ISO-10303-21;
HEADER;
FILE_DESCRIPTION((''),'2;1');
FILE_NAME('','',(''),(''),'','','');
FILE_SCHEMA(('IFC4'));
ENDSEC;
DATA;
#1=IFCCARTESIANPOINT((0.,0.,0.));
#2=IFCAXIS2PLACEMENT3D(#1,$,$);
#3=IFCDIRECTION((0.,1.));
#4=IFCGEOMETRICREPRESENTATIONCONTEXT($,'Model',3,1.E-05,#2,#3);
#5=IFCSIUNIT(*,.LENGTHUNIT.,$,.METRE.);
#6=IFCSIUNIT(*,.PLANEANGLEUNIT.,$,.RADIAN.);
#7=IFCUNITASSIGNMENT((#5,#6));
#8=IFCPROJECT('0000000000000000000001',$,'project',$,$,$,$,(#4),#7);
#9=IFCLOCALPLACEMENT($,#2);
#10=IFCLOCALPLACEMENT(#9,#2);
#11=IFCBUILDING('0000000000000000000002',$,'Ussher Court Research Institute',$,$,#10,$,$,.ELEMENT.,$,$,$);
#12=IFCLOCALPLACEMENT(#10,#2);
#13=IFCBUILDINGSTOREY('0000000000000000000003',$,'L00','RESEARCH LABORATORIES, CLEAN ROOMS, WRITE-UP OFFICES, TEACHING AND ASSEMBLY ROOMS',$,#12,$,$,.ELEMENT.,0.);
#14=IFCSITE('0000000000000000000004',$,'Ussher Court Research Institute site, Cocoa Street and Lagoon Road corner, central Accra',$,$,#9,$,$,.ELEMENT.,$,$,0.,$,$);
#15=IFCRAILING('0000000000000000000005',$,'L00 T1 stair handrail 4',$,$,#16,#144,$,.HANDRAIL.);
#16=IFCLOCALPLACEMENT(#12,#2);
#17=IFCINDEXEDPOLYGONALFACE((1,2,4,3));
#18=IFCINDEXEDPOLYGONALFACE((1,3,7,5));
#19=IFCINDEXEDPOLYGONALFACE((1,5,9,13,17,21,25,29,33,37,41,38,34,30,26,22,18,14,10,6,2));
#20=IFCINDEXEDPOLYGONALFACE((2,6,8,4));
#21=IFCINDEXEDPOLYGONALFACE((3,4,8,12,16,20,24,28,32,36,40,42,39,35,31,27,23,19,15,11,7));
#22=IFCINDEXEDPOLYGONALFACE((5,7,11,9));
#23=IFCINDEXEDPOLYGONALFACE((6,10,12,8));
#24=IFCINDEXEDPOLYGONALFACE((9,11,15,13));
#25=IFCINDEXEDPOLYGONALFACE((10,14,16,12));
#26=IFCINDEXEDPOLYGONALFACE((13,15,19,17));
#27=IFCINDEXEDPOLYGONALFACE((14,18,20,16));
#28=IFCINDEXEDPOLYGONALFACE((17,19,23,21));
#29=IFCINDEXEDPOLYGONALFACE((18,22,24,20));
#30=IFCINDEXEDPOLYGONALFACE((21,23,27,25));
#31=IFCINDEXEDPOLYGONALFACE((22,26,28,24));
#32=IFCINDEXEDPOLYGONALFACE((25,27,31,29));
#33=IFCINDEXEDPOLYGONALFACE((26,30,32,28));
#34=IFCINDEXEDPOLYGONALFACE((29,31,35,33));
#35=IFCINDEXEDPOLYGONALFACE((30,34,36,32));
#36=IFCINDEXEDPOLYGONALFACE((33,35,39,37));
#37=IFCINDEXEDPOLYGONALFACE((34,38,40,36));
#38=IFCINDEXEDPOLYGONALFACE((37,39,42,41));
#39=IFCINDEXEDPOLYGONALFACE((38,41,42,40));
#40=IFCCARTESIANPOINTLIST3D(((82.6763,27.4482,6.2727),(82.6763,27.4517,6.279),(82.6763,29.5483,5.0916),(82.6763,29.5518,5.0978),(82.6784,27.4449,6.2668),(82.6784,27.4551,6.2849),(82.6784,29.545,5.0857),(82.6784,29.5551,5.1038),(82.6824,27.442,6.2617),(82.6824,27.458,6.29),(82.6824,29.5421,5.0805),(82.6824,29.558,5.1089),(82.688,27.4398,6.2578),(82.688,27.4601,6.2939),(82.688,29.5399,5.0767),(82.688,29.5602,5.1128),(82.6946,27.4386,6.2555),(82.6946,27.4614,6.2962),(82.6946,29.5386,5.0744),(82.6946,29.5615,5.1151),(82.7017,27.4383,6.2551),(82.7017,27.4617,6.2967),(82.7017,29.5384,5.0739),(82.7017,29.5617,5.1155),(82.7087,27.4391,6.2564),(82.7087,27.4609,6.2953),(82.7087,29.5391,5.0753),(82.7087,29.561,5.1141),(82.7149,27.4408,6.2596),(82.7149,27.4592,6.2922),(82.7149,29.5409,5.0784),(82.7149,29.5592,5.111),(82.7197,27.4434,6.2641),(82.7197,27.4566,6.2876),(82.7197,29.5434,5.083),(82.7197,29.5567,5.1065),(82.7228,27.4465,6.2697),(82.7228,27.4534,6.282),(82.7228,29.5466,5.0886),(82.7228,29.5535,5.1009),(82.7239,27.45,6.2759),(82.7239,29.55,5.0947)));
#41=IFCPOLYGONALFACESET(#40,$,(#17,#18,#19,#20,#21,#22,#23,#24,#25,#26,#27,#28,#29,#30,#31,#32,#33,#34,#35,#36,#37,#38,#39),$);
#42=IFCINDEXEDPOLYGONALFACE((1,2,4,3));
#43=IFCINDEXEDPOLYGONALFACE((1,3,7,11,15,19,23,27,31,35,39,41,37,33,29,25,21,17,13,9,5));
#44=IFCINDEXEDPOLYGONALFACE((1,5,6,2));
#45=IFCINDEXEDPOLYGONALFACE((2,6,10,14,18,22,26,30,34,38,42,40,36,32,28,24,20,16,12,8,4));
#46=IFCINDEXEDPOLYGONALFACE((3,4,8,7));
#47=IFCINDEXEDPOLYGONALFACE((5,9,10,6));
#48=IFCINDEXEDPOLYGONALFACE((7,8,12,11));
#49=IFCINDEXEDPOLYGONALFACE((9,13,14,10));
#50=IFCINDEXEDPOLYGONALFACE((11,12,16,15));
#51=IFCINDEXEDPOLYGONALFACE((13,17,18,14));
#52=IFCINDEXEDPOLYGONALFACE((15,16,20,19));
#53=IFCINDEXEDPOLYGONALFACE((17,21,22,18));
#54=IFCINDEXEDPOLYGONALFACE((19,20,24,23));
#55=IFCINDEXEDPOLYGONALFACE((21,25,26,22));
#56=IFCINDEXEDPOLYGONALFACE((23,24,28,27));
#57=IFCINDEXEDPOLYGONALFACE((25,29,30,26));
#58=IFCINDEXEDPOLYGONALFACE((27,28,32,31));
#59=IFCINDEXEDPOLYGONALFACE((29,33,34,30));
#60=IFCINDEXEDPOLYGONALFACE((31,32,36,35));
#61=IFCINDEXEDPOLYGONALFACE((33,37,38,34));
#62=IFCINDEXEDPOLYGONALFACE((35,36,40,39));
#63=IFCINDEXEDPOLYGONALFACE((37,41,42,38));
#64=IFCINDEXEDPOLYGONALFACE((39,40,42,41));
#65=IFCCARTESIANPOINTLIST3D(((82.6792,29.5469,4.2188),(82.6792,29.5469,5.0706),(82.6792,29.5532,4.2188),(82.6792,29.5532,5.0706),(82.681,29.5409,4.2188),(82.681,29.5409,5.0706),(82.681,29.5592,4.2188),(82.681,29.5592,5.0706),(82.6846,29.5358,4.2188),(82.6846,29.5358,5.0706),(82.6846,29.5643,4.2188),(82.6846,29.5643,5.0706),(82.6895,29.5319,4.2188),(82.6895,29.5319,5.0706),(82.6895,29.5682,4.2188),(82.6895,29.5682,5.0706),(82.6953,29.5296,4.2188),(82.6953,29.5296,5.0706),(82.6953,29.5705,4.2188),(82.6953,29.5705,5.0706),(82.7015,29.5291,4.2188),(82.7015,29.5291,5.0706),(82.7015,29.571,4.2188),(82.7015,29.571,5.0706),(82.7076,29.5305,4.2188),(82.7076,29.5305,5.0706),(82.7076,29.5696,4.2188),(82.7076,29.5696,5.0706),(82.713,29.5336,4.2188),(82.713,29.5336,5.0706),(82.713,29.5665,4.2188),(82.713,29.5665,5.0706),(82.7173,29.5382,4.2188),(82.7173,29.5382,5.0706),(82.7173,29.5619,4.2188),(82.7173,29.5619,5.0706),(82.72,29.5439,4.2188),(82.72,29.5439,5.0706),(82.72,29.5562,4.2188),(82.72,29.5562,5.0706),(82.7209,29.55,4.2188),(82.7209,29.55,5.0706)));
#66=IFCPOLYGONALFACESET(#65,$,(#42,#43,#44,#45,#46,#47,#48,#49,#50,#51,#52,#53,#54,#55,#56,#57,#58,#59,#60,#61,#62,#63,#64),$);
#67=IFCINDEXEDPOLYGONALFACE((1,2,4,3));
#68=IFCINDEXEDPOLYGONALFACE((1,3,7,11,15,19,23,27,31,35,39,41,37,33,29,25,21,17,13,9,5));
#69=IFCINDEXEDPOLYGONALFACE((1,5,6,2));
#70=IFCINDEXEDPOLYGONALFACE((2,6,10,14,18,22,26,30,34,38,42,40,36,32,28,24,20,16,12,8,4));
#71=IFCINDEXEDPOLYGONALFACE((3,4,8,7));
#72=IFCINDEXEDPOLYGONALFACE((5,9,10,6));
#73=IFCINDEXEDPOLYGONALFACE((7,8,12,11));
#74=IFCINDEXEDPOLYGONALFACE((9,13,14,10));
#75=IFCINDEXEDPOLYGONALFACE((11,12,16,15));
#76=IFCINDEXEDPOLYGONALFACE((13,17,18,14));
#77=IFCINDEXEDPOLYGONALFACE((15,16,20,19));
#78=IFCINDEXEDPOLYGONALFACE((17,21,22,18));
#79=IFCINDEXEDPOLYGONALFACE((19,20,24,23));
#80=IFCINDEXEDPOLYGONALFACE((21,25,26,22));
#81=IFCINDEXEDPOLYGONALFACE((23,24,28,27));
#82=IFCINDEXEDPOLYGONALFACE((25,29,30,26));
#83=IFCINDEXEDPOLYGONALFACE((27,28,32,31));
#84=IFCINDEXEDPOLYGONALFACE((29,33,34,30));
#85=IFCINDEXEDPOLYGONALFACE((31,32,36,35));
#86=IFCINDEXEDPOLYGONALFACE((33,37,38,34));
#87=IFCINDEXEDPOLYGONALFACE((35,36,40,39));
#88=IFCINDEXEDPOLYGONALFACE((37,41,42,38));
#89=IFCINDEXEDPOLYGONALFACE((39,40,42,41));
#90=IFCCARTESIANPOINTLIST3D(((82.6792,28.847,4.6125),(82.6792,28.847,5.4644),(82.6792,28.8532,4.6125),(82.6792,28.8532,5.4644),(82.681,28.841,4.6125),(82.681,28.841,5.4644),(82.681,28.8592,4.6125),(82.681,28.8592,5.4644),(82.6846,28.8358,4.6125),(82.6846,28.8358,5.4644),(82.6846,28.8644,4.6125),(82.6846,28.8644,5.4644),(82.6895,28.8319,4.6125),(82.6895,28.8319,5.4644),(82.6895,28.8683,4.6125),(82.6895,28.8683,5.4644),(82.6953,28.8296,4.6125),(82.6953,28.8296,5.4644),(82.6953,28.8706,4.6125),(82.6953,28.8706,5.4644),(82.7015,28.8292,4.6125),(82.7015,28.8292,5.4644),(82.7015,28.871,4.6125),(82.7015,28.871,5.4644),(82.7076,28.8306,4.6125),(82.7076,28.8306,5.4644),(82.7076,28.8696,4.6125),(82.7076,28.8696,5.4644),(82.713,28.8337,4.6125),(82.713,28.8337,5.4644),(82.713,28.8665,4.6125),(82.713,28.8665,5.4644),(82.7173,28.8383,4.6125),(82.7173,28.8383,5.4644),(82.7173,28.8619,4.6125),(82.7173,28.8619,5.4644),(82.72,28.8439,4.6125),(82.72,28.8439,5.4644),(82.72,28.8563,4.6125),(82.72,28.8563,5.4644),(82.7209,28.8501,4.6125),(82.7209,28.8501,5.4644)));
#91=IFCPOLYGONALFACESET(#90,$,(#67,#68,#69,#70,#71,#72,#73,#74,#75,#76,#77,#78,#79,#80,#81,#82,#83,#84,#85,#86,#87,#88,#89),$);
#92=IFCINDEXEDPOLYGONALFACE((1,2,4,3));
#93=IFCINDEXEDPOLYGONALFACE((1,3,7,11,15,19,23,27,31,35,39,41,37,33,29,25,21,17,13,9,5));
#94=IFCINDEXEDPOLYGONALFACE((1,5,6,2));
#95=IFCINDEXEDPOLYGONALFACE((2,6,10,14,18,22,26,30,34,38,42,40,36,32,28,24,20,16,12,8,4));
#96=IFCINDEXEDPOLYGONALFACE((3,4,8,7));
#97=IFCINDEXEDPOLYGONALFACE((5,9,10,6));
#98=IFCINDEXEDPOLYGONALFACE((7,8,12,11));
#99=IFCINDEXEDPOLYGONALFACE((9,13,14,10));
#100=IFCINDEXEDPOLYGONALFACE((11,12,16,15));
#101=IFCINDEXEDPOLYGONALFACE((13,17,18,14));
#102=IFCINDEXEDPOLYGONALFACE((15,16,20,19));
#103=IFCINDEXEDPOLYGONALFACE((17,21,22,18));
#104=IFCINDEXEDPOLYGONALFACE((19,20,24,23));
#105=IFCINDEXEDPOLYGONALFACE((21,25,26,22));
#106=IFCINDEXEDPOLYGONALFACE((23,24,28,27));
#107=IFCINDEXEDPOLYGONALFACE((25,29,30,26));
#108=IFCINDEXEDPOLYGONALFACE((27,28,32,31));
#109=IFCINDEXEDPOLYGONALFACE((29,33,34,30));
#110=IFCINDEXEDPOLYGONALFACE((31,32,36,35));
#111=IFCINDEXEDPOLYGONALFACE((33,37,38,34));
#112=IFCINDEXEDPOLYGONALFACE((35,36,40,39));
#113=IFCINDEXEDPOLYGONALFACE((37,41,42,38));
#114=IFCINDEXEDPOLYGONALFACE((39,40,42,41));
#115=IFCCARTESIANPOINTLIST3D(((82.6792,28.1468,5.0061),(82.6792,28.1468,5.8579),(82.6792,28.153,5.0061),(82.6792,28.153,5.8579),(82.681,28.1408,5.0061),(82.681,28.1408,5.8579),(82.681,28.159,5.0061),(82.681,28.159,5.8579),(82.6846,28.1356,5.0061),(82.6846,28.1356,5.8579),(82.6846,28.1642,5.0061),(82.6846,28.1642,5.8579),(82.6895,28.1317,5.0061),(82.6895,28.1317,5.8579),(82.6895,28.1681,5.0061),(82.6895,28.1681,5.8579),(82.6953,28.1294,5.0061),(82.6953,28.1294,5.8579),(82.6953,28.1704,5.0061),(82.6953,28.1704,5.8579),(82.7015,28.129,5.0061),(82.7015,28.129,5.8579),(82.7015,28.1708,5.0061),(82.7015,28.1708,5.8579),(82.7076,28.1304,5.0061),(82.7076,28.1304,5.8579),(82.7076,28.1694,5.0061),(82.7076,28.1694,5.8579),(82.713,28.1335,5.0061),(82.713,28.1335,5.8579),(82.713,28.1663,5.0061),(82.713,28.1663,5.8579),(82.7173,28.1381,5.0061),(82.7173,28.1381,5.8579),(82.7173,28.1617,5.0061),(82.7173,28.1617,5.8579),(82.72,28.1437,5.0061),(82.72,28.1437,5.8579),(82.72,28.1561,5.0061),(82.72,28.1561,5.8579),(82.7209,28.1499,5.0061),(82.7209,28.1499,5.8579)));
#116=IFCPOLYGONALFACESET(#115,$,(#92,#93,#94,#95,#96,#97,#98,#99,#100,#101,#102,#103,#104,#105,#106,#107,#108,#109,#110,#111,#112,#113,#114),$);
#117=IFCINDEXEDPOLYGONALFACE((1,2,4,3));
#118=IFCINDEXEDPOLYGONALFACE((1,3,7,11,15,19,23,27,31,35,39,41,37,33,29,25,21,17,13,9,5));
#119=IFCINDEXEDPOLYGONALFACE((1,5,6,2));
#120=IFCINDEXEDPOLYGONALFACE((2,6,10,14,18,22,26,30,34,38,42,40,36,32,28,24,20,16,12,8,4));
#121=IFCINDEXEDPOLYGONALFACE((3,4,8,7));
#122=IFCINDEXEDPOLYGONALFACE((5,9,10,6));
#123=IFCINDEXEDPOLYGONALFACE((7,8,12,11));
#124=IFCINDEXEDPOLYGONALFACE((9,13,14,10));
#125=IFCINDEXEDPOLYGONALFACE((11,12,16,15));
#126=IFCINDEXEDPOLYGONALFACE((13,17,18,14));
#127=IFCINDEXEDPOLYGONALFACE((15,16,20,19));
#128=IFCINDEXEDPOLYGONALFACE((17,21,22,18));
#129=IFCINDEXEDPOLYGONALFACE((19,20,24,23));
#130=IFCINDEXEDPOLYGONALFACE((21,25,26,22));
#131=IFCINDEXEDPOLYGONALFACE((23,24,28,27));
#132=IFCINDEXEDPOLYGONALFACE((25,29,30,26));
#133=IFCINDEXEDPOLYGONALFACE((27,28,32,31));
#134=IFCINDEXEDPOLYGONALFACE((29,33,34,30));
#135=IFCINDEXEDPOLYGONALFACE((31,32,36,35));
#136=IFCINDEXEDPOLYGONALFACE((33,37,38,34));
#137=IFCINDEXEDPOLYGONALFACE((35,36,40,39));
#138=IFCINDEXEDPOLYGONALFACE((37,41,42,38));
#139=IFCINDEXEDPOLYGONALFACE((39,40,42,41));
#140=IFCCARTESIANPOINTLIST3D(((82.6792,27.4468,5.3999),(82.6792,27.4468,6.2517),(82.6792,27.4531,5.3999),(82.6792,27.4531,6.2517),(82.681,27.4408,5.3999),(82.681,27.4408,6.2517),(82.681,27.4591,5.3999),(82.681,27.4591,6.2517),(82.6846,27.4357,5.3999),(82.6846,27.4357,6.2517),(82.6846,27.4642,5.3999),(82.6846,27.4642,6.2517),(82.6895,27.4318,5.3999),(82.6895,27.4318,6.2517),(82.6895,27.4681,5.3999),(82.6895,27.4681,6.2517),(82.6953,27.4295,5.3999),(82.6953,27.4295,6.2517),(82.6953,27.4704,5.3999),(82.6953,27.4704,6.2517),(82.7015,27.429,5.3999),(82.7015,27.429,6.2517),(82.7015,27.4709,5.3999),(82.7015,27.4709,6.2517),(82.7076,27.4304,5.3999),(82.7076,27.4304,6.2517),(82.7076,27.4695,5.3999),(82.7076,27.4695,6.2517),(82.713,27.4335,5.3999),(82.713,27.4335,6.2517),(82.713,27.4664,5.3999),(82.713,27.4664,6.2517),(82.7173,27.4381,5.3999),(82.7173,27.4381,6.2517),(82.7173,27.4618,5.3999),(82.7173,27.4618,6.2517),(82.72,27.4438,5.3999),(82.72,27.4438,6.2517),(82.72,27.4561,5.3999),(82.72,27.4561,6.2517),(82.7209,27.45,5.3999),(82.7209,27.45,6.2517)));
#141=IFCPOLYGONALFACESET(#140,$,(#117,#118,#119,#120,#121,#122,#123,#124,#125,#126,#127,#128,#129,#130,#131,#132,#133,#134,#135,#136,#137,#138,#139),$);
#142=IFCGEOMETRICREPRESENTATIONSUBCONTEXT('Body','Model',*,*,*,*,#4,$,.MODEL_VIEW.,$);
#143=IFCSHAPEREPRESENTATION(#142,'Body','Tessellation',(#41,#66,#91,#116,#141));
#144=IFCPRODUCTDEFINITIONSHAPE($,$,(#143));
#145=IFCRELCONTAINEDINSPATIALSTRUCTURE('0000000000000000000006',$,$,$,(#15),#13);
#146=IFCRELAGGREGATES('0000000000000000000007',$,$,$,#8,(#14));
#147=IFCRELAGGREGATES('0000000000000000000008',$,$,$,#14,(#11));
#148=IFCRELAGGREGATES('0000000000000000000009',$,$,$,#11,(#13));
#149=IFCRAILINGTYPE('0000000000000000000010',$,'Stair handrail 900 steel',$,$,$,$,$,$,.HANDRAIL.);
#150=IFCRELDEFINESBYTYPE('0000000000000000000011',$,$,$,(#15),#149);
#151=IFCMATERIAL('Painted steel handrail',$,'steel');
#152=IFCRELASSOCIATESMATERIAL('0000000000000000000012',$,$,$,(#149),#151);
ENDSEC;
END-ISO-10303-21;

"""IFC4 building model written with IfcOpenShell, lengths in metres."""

from ifc_helpers import new_model, si_unit, direction, frame, origin, origin_2d, place, context, subcontext, project, spatial, circle, extrude, material, type_object, element, save


model = new_model("IFC4")

# Units and contexts
model_context = context("Model", 3, precision=1e-05, world=origin(), true_north=direction((0.0, 1.0)))
body_context = subcontext(model_context, "Body", "Model", "MODEL_VIEW")
ifc_project = project(units=[si_unit("LENGTHUNIT", "METRE"), si_unit("PLANEANGLEUNIT", "RADIAN")], contexts=[model_context])

# Site, building, storey
site_placement = place(None, origin())
site = spatial("IfcSite", under=ifc_project, at=site_placement, Name="Ussher Court Research Institute site, Cocoa Street and Lagoon Road corner, central Accra", CompositionType="ELEMENT", RefElevation=0.0)
building_placement = place(site_placement, origin())
building = spatial("IfcBuilding", under=site, at=building_placement, Name="Ussher Court Research Institute", CompositionType="ELEMENT")
storey_placement = place(building_placement, origin())
storey = spatial("IfcBuildingStorey", under=building, at=storey_placement, Name="L00", Description="RESEARCH LABORATORIES, CLEAN ROOMS, WRITE-UP OFFICES, TEACHING AND ASSEMBLY ROOMS", CompositionType="ELEMENT", Elevation=0.0)

# Railing
ifc_material_1 = material(Name="Painted steel handrail", Category="steel")
railing_type_1 = type_object("IfcRailingType", Name="Stair handrail 900 steel", PredefinedType="HANDRAIL", material=ifc_material_1)
railing_1_placement = place(storey_placement, frame((82.7, 29.55, 4.2188)))
element("IfcRailing", 1, at=railing_1_placement, inside=storey, type_object=railing_type_1, Name="L00 T1 stair handrail 4", PredefinedType="HANDRAIL", context=body_context, shape_type="SweptSolid", body=[
    extrude(circle(Radius=0.0239, at=origin_2d()), frame((0.0, 0.0, 0.876), z_axis=(0.0, -0.871603, 0.490213), x_axis=(1.0, 0.0, 0.0)), (0.0, 0.0, 1.0), 2.4094),
    extrude(circle(Radius=0.021, at=origin_2d()), origin(), (0.0, 0.0, 1.0), 0.8518),
    extrude(circle(Radius=0.021, at=origin_2d()), frame((0.0, -0.7, 0.3938)), (0.0, 0.0, 1.0), 0.8518),
    extrude(circle(Radius=0.021, at=origin_2d()), frame((0.0, -1.4001, 0.7874)), (0.0, 0.0, 1.0), 0.8518),
    extrude(circle(Radius=0.021, at=origin_2d()), frame((0.0, -2.1001, 1.1812)), (0.0, 0.0, 1.0), 0.8518),
])

save(model, "model.ifc")
